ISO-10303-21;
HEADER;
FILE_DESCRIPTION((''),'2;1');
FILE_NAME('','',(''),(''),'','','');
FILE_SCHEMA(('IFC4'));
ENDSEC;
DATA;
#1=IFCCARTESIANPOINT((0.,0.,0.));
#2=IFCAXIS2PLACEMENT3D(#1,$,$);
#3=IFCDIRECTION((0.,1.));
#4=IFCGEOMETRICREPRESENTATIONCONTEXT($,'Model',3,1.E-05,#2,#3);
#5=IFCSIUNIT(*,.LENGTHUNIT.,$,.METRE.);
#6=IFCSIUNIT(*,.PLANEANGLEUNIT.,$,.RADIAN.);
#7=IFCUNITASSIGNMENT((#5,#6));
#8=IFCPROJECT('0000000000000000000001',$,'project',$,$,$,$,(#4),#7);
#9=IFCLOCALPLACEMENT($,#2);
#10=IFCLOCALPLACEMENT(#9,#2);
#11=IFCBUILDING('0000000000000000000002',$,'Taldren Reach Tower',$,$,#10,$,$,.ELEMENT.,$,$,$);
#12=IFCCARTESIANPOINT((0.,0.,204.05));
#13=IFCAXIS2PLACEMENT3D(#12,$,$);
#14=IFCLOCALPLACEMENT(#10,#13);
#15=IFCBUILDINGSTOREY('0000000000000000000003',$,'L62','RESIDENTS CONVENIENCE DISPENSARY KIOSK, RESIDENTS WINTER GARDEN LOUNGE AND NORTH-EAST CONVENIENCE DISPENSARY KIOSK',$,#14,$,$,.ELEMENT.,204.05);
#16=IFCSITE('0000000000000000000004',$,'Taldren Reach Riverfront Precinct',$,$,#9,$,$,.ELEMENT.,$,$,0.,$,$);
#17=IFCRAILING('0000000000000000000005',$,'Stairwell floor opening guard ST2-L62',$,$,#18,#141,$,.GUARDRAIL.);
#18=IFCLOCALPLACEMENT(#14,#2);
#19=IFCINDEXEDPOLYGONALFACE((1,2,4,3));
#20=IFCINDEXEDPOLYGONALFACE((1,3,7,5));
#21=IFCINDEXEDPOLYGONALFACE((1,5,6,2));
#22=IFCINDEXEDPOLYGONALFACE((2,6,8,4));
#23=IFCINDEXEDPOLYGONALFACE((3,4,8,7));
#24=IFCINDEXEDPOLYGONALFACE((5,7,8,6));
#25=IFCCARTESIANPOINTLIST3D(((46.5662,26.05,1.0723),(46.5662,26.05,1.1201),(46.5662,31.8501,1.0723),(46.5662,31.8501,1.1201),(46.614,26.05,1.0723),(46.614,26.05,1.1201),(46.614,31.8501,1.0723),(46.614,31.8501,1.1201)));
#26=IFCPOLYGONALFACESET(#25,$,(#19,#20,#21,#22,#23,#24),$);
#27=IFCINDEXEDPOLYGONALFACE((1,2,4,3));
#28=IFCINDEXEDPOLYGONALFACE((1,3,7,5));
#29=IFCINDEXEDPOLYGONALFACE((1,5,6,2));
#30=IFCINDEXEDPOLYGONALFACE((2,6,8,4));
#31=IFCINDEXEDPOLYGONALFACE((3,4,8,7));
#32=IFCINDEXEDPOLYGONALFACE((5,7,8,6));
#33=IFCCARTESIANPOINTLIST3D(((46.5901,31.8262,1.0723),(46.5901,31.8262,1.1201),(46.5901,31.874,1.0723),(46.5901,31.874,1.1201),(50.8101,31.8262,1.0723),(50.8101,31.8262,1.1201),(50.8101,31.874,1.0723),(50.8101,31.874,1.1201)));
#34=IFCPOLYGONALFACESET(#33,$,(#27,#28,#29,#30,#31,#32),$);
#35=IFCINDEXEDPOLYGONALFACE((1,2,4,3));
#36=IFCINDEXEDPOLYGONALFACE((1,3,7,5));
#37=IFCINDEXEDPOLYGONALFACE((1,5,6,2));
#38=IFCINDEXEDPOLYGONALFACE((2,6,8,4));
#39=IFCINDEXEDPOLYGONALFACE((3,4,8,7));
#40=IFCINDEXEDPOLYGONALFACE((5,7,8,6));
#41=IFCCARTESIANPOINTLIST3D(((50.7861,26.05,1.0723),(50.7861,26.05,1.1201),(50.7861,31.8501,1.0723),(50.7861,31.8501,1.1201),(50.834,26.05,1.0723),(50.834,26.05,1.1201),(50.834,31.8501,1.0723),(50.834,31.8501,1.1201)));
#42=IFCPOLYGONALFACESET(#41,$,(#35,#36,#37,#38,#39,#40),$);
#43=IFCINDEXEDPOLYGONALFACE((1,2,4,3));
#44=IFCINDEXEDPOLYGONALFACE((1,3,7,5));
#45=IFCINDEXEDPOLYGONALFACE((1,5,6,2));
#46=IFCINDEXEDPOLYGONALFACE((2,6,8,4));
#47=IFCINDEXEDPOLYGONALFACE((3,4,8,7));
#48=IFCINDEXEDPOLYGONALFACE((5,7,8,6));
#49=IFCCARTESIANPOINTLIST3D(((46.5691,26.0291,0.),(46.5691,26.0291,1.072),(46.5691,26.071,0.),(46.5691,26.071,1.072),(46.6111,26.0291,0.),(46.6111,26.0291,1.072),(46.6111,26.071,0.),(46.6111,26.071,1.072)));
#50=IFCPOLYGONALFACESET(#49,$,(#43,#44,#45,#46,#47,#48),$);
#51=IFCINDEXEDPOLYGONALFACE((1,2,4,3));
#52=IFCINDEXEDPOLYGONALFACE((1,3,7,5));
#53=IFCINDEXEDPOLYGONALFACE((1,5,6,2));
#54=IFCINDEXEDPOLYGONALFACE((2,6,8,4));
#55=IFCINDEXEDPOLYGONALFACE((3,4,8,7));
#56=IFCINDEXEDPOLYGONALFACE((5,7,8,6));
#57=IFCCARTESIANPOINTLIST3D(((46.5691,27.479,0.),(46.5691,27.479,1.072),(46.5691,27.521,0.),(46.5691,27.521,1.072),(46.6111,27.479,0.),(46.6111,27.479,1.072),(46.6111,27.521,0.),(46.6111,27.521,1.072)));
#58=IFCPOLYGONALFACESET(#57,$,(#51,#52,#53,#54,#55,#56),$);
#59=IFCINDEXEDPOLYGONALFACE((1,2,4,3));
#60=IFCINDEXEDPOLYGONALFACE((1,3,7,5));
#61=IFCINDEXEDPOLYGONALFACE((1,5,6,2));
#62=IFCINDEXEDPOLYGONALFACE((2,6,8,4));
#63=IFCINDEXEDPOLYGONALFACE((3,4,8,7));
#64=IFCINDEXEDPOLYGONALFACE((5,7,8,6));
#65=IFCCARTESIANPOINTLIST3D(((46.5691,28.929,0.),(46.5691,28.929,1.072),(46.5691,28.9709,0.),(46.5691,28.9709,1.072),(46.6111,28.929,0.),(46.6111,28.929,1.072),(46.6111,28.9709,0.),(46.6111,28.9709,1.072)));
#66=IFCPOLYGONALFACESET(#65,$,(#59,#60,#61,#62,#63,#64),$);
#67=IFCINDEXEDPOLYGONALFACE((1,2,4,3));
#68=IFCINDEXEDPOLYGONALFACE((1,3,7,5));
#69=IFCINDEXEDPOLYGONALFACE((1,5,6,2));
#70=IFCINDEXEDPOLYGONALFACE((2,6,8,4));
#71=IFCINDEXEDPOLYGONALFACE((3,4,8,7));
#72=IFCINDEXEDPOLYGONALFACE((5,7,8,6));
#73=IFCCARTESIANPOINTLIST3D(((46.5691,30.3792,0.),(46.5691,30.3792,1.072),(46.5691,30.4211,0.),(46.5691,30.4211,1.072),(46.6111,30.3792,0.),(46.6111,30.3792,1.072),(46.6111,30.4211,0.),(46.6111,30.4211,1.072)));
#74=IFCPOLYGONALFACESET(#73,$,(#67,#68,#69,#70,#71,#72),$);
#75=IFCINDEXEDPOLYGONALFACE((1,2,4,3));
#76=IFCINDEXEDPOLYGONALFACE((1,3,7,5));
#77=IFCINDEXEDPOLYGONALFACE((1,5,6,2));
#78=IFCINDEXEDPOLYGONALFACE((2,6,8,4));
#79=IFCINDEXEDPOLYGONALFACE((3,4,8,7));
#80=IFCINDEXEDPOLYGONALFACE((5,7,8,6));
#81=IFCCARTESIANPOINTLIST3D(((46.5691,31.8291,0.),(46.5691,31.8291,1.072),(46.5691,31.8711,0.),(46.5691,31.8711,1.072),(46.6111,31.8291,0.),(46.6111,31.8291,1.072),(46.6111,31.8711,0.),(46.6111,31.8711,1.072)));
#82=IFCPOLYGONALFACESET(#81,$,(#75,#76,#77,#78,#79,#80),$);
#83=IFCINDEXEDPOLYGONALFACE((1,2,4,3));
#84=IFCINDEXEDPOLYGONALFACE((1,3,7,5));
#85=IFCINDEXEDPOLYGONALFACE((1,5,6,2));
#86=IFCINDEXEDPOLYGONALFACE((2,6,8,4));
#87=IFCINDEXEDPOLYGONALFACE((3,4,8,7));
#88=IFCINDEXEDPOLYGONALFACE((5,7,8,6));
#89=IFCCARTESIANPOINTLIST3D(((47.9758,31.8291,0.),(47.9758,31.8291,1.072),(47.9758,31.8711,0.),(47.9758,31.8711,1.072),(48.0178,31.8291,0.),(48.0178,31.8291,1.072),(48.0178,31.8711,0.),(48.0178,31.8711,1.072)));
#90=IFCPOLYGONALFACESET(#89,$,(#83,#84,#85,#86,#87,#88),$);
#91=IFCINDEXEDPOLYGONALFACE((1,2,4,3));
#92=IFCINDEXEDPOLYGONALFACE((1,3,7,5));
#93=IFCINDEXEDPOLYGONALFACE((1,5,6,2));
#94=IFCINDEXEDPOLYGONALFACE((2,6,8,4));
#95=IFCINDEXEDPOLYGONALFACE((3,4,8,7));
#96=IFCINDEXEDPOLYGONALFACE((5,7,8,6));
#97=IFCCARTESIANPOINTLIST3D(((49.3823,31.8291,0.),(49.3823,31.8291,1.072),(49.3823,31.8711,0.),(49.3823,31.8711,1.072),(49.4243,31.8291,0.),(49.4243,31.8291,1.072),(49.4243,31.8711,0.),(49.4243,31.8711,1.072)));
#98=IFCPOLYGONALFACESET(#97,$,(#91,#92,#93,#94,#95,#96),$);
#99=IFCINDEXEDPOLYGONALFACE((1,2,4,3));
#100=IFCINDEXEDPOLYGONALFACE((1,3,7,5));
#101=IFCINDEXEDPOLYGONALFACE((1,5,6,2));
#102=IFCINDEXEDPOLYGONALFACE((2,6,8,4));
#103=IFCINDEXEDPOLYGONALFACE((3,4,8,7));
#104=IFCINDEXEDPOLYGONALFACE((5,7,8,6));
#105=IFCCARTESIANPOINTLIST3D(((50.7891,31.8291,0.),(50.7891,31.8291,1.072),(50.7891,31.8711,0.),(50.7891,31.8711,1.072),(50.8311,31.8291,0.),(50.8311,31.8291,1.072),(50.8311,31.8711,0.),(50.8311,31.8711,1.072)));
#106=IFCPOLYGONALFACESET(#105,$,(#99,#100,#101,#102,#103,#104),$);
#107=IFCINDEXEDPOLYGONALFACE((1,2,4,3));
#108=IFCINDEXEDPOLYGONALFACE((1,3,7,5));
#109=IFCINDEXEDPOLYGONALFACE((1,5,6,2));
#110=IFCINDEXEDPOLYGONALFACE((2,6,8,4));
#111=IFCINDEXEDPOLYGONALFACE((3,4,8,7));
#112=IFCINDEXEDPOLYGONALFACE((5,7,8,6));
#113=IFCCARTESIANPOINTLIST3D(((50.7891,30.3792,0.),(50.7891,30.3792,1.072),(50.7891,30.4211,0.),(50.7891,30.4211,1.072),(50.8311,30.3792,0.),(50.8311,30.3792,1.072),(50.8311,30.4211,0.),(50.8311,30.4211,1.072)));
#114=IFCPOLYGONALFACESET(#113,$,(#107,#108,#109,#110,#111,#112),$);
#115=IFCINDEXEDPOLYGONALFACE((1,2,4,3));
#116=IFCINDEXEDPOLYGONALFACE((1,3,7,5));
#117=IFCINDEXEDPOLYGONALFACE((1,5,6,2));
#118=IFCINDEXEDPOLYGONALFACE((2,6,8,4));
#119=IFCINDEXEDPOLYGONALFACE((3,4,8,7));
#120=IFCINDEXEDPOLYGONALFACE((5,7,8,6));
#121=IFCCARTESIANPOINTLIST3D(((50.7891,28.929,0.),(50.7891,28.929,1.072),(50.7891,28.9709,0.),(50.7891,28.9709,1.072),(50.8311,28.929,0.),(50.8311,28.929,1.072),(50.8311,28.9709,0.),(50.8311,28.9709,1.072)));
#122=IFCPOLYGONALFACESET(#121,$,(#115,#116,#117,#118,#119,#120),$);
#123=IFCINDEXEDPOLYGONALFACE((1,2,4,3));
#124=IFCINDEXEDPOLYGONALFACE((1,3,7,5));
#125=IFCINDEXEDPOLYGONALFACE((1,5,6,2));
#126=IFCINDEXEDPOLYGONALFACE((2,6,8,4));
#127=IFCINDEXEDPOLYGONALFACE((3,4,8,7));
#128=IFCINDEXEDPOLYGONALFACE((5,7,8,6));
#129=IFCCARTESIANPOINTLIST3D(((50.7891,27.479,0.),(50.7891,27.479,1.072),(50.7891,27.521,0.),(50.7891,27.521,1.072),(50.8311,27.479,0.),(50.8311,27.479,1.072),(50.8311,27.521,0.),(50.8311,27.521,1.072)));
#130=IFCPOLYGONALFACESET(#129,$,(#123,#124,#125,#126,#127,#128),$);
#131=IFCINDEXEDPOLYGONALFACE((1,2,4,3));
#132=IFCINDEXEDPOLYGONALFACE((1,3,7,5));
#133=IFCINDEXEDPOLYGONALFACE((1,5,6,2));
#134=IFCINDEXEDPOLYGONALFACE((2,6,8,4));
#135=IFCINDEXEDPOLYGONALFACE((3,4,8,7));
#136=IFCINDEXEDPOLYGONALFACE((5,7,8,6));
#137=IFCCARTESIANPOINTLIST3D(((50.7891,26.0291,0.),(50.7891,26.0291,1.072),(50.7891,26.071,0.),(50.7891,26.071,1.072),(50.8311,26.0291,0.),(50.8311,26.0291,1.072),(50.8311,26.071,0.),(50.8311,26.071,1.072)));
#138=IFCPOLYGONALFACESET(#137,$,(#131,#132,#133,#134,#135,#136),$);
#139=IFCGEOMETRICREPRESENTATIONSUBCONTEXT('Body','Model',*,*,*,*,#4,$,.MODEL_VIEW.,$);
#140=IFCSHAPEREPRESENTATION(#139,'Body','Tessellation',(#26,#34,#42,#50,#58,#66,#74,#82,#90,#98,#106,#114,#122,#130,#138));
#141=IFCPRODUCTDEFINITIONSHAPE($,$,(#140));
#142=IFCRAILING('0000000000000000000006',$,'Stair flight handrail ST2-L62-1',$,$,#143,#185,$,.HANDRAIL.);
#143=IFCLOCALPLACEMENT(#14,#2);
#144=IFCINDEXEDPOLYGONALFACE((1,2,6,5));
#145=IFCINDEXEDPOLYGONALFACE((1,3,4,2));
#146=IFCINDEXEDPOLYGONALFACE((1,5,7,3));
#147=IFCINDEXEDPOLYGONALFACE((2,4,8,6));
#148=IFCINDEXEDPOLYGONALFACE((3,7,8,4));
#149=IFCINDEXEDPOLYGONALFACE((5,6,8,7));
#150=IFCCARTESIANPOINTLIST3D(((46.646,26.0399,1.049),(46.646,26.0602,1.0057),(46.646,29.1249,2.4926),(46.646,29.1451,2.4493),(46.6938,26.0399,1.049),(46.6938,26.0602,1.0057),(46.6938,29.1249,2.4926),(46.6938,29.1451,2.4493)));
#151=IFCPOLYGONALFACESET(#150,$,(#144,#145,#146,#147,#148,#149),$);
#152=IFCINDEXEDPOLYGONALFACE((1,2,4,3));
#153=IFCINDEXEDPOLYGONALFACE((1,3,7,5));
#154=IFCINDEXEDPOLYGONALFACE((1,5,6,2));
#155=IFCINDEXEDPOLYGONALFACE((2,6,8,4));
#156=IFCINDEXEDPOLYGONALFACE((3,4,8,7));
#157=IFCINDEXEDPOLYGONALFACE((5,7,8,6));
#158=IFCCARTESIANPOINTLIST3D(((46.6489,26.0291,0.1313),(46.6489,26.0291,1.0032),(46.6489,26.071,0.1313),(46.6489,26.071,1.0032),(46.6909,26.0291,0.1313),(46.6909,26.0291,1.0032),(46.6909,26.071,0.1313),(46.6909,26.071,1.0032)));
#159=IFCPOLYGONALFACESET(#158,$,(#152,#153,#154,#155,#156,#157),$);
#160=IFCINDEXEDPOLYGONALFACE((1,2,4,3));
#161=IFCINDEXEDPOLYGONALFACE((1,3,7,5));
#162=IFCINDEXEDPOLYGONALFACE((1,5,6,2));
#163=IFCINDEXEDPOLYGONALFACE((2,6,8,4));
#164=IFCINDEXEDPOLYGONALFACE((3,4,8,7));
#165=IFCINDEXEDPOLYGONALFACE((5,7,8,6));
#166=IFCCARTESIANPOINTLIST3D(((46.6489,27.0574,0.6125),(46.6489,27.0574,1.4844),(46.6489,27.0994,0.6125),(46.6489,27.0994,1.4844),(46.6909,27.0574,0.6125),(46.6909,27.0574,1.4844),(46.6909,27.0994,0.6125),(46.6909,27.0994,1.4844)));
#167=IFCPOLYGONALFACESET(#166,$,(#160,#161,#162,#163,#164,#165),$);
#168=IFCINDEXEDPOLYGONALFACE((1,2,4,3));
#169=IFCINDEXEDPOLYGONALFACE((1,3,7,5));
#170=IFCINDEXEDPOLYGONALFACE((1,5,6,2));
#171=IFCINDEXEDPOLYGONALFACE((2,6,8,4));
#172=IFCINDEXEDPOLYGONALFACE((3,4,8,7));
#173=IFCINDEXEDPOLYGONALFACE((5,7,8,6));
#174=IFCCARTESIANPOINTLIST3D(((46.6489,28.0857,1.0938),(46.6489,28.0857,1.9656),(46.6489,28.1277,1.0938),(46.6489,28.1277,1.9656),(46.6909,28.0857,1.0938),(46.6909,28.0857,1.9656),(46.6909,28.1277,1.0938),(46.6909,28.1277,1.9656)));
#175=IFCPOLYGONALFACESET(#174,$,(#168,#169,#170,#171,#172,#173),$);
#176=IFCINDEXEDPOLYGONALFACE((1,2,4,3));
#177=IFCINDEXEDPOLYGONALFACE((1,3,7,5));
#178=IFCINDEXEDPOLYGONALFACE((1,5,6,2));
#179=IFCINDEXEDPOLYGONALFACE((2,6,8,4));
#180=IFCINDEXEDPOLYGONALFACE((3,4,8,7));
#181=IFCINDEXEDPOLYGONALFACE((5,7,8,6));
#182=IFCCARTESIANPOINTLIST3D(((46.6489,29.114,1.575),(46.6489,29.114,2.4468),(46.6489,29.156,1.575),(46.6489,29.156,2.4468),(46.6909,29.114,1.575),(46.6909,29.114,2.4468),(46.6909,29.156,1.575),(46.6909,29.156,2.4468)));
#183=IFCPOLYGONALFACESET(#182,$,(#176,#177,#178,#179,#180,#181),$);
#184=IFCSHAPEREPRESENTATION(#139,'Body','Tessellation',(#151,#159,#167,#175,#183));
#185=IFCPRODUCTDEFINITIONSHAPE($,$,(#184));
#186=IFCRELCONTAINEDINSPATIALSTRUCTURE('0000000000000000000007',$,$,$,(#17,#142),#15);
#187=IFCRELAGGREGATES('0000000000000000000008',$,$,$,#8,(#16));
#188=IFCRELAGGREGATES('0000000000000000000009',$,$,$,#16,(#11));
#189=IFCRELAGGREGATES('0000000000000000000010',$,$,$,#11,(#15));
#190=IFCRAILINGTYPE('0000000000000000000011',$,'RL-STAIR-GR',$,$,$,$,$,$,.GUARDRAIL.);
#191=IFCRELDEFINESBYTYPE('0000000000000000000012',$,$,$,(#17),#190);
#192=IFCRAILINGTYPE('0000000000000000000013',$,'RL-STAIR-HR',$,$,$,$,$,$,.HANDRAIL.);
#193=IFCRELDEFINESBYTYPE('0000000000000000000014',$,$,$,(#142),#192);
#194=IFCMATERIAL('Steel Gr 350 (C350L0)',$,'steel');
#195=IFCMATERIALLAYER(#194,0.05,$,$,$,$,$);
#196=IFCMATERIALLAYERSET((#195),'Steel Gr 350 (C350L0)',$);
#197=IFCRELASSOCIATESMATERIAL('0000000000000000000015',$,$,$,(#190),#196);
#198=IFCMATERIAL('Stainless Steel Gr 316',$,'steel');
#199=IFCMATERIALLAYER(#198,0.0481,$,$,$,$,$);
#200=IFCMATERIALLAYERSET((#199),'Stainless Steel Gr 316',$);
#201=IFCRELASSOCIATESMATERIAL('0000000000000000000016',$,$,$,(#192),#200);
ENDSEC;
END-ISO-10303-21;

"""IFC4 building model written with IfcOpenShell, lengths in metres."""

from ifc_helpers import new_model, si_unit, direction, frame, origin, origin_2d, place, context, subcontext, project, spatial, rectangle, extrude, material, layer, layer_set, type_object, element, save


model = new_model("IFC4")

# Units and contexts
model_context = context("Model", 3, precision=1e-05, world=origin(), true_north=direction((0.0, 1.0)))
body_context = subcontext(model_context, "Body", "Model", "MODEL_VIEW")
ifc_project = project(units=[si_unit("LENGTHUNIT", "METRE"), si_unit("PLANEANGLEUNIT", "RADIAN")], contexts=[model_context])

# Site, building, storey
site_placement = place(None, origin())
site = spatial("IfcSite", under=ifc_project, at=site_placement, Name="Taldren Reach Riverfront Precinct", CompositionType="ELEMENT", RefElevation=0.0)
building_placement = place(site_placement, origin())
building = spatial("IfcBuilding", under=site, at=building_placement, Name="Taldren Reach Tower", CompositionType="ELEMENT")
storey_placement = place(building_placement, frame((0.0, 0.0, 204.05)))
storey = spatial("IfcBuildingStorey", under=building, at=storey_placement, Name="L62", Description="RESIDENTS CONVENIENCE DISPENSARY KIOSK, RESIDENTS WINTER GARDEN LOUNGE AND NORTH-EAST CONVENIENCE DISPENSARY KIOSK", CompositionType="ELEMENT", Elevation=204.05)

# Shared definitions
ifc_material_1 = material(Name="Steel Gr 350 (C350L0)", Category="steel")

# Railings
ifc_layer_1 = layer(ifc_material_1, 0.05)
ifc_layer_set_1 = layer_set([ifc_layer_1], Name="Steel Gr 350 (C350L0)")
railing_type_1 = type_object("IfcRailingType", Name="RL-STAIR-GR", PredefinedType="GUARDRAIL", material=ifc_layer_set_1)
railing_1_placement = place(storey_placement, frame((46.5901, 26.05, 0.0)))
element("IfcRailing", 1, at=railing_1_placement, inside=storey, type_object=railing_type_1, Name="Stairwell floor opening guard ST2-L62", PredefinedType="GUARDRAIL", context=body_context, shape_type="SweptSolid", body=[
    extrude(rectangle(XDim=0.0479, YDim=0.0479, at=origin_2d()), frame((0.0, 0.0, 1.0962), z_axis=(0.0, 1.0, 0.0), x_axis=(-1.0, 0.0, 0.0)), (0.0, 0.0, 1.0), 5.8),
    extrude(rectangle(XDim=0.0479, YDim=0.0479, at=origin_2d()), frame((0.0, 5.8, 1.0962), z_axis=(1.0, 0.0, 0.0), x_axis=(0.0, 1.0, 0.0)), (0.0, 0.0, 1.0), 4.22),
    extrude(rectangle(XDim=0.0479, YDim=0.0479, at=origin_2d()), frame((4.22, 5.8, 1.0962), z_axis=(0.0, -1.0, 0.0), x_axis=(1.0, 0.0, 0.0)), (0.0, 0.0, 1.0), 5.8),
    extrude(rectangle(XDim=0.042, YDim=0.042, at=origin_2d()), origin(), (0.0, 0.0, 1.0), 1.072),
    extrude(rectangle(XDim=0.042, YDim=0.042, at=origin_2d()), frame((0.0, 1.45, 0.0)), (0.0, 0.0, 1.0), 1.072),
    extrude(rectangle(XDim=0.042, YDim=0.042, at=origin_2d()), frame((0.0, 2.8999, 0.0)), (0.0, 0.0, 1.0), 1.072),
    extrude(rectangle(XDim=0.042, YDim=0.042, at=origin_2d()), frame((0.0, 4.3501, 0.0)), (0.0, 0.0, 1.0), 1.072),
    extrude(rectangle(XDim=0.042, YDim=0.042, at=origin_2d()), frame((0.0, 5.8, 0.0)), (0.0, 0.0, 1.0), 1.072),
    extrude(rectangle(XDim=0.042, YDim=0.042, at=origin_2d()), frame((1.4067, 5.8, 0.0)), (0.0, 0.0, 1.0), 1.072),
    extrude(rectangle(XDim=0.042, YDim=0.042, at=origin_2d()), frame((2.8132, 5.8, 0.0)), (0.0, 0.0, 1.0), 1.072),
    extrude(rectangle(XDim=0.042, YDim=0.042, at=origin_2d()), frame((4.22, 5.8, 0.0)), (0.0, 0.0, 1.0), 1.072),
    extrude(rectangle(XDim=0.042, YDim=0.042, at=origin_2d()), frame((4.22, 4.3501, 0.0)), (0.0, 0.0, 1.0), 1.072),
    extrude(rectangle(XDim=0.042, YDim=0.042, at=origin_2d()), frame((4.22, 2.8999, 0.0)), (0.0, 0.0, 1.0), 1.072),
    extrude(rectangle(XDim=0.042, YDim=0.042, at=origin_2d()), frame((4.22, 1.45, 0.0)), (0.0, 0.0, 1.0), 1.072),
    extrude(rectangle(XDim=0.042, YDim=0.042, at=origin_2d()), frame((4.22, 0.0, 0.0)), (0.0, 0.0, 1.0), 1.072),
])
ifc_material_2 = material(Name="Stainless Steel Gr 316", Category="steel")
ifc_layer_2 = layer(ifc_material_2, 0.0481)
ifc_layer_set_2 = layer_set([ifc_layer_2], Name="Stainless Steel Gr 316")
railing_type_2 = type_object("IfcRailingType", Name="RL-STAIR-HR", PredefinedType="HANDRAIL", material=ifc_layer_set_2)
railing_2_placement = place(storey_placement, frame((46.6699, 26.05, 0.1313)))
element("IfcRailing", 2, at=railing_2_placement, inside=storey, type_object=railing_type_2, Name="Stair flight handrail ST2-L62-1", PredefinedType="HANDRAIL", context=body_context, shape_type="SweptSolid", body=[
    extrude(rectangle(XDim=0.0479, YDim=0.0479, at=origin_2d()), frame((0.0, 0.0, 0.896), z_axis=(0.0, 0.905738, 0.423839), x_axis=(-1.0, 0.0, 0.0)), (0.0, 0.0, 1.0), 3.406),
    extrude(rectangle(XDim=0.042, YDim=0.042, at=origin_2d()), origin(), (0.0, 0.0, 1.0), 0.8718),
    extrude(rectangle(XDim=0.042, YDim=0.042, at=origin_2d()), frame((0.0, 1.0283, 0.4812)), (0.0, 0.0, 1.0), 0.8718),
    extrude(rectangle(XDim=0.042, YDim=0.042, at=origin_2d()), frame((0.0, 2.0566, 0.9624)), (0.0, 0.0, 1.0), 0.8718),
    extrude(rectangle(XDim=0.042, YDim=0.042, at=origin_2d()), frame((0.0, 3.085, 1.4436)), (0.0, 0.0, 1.0), 0.8718),
])

save(model, "model.ifc")
